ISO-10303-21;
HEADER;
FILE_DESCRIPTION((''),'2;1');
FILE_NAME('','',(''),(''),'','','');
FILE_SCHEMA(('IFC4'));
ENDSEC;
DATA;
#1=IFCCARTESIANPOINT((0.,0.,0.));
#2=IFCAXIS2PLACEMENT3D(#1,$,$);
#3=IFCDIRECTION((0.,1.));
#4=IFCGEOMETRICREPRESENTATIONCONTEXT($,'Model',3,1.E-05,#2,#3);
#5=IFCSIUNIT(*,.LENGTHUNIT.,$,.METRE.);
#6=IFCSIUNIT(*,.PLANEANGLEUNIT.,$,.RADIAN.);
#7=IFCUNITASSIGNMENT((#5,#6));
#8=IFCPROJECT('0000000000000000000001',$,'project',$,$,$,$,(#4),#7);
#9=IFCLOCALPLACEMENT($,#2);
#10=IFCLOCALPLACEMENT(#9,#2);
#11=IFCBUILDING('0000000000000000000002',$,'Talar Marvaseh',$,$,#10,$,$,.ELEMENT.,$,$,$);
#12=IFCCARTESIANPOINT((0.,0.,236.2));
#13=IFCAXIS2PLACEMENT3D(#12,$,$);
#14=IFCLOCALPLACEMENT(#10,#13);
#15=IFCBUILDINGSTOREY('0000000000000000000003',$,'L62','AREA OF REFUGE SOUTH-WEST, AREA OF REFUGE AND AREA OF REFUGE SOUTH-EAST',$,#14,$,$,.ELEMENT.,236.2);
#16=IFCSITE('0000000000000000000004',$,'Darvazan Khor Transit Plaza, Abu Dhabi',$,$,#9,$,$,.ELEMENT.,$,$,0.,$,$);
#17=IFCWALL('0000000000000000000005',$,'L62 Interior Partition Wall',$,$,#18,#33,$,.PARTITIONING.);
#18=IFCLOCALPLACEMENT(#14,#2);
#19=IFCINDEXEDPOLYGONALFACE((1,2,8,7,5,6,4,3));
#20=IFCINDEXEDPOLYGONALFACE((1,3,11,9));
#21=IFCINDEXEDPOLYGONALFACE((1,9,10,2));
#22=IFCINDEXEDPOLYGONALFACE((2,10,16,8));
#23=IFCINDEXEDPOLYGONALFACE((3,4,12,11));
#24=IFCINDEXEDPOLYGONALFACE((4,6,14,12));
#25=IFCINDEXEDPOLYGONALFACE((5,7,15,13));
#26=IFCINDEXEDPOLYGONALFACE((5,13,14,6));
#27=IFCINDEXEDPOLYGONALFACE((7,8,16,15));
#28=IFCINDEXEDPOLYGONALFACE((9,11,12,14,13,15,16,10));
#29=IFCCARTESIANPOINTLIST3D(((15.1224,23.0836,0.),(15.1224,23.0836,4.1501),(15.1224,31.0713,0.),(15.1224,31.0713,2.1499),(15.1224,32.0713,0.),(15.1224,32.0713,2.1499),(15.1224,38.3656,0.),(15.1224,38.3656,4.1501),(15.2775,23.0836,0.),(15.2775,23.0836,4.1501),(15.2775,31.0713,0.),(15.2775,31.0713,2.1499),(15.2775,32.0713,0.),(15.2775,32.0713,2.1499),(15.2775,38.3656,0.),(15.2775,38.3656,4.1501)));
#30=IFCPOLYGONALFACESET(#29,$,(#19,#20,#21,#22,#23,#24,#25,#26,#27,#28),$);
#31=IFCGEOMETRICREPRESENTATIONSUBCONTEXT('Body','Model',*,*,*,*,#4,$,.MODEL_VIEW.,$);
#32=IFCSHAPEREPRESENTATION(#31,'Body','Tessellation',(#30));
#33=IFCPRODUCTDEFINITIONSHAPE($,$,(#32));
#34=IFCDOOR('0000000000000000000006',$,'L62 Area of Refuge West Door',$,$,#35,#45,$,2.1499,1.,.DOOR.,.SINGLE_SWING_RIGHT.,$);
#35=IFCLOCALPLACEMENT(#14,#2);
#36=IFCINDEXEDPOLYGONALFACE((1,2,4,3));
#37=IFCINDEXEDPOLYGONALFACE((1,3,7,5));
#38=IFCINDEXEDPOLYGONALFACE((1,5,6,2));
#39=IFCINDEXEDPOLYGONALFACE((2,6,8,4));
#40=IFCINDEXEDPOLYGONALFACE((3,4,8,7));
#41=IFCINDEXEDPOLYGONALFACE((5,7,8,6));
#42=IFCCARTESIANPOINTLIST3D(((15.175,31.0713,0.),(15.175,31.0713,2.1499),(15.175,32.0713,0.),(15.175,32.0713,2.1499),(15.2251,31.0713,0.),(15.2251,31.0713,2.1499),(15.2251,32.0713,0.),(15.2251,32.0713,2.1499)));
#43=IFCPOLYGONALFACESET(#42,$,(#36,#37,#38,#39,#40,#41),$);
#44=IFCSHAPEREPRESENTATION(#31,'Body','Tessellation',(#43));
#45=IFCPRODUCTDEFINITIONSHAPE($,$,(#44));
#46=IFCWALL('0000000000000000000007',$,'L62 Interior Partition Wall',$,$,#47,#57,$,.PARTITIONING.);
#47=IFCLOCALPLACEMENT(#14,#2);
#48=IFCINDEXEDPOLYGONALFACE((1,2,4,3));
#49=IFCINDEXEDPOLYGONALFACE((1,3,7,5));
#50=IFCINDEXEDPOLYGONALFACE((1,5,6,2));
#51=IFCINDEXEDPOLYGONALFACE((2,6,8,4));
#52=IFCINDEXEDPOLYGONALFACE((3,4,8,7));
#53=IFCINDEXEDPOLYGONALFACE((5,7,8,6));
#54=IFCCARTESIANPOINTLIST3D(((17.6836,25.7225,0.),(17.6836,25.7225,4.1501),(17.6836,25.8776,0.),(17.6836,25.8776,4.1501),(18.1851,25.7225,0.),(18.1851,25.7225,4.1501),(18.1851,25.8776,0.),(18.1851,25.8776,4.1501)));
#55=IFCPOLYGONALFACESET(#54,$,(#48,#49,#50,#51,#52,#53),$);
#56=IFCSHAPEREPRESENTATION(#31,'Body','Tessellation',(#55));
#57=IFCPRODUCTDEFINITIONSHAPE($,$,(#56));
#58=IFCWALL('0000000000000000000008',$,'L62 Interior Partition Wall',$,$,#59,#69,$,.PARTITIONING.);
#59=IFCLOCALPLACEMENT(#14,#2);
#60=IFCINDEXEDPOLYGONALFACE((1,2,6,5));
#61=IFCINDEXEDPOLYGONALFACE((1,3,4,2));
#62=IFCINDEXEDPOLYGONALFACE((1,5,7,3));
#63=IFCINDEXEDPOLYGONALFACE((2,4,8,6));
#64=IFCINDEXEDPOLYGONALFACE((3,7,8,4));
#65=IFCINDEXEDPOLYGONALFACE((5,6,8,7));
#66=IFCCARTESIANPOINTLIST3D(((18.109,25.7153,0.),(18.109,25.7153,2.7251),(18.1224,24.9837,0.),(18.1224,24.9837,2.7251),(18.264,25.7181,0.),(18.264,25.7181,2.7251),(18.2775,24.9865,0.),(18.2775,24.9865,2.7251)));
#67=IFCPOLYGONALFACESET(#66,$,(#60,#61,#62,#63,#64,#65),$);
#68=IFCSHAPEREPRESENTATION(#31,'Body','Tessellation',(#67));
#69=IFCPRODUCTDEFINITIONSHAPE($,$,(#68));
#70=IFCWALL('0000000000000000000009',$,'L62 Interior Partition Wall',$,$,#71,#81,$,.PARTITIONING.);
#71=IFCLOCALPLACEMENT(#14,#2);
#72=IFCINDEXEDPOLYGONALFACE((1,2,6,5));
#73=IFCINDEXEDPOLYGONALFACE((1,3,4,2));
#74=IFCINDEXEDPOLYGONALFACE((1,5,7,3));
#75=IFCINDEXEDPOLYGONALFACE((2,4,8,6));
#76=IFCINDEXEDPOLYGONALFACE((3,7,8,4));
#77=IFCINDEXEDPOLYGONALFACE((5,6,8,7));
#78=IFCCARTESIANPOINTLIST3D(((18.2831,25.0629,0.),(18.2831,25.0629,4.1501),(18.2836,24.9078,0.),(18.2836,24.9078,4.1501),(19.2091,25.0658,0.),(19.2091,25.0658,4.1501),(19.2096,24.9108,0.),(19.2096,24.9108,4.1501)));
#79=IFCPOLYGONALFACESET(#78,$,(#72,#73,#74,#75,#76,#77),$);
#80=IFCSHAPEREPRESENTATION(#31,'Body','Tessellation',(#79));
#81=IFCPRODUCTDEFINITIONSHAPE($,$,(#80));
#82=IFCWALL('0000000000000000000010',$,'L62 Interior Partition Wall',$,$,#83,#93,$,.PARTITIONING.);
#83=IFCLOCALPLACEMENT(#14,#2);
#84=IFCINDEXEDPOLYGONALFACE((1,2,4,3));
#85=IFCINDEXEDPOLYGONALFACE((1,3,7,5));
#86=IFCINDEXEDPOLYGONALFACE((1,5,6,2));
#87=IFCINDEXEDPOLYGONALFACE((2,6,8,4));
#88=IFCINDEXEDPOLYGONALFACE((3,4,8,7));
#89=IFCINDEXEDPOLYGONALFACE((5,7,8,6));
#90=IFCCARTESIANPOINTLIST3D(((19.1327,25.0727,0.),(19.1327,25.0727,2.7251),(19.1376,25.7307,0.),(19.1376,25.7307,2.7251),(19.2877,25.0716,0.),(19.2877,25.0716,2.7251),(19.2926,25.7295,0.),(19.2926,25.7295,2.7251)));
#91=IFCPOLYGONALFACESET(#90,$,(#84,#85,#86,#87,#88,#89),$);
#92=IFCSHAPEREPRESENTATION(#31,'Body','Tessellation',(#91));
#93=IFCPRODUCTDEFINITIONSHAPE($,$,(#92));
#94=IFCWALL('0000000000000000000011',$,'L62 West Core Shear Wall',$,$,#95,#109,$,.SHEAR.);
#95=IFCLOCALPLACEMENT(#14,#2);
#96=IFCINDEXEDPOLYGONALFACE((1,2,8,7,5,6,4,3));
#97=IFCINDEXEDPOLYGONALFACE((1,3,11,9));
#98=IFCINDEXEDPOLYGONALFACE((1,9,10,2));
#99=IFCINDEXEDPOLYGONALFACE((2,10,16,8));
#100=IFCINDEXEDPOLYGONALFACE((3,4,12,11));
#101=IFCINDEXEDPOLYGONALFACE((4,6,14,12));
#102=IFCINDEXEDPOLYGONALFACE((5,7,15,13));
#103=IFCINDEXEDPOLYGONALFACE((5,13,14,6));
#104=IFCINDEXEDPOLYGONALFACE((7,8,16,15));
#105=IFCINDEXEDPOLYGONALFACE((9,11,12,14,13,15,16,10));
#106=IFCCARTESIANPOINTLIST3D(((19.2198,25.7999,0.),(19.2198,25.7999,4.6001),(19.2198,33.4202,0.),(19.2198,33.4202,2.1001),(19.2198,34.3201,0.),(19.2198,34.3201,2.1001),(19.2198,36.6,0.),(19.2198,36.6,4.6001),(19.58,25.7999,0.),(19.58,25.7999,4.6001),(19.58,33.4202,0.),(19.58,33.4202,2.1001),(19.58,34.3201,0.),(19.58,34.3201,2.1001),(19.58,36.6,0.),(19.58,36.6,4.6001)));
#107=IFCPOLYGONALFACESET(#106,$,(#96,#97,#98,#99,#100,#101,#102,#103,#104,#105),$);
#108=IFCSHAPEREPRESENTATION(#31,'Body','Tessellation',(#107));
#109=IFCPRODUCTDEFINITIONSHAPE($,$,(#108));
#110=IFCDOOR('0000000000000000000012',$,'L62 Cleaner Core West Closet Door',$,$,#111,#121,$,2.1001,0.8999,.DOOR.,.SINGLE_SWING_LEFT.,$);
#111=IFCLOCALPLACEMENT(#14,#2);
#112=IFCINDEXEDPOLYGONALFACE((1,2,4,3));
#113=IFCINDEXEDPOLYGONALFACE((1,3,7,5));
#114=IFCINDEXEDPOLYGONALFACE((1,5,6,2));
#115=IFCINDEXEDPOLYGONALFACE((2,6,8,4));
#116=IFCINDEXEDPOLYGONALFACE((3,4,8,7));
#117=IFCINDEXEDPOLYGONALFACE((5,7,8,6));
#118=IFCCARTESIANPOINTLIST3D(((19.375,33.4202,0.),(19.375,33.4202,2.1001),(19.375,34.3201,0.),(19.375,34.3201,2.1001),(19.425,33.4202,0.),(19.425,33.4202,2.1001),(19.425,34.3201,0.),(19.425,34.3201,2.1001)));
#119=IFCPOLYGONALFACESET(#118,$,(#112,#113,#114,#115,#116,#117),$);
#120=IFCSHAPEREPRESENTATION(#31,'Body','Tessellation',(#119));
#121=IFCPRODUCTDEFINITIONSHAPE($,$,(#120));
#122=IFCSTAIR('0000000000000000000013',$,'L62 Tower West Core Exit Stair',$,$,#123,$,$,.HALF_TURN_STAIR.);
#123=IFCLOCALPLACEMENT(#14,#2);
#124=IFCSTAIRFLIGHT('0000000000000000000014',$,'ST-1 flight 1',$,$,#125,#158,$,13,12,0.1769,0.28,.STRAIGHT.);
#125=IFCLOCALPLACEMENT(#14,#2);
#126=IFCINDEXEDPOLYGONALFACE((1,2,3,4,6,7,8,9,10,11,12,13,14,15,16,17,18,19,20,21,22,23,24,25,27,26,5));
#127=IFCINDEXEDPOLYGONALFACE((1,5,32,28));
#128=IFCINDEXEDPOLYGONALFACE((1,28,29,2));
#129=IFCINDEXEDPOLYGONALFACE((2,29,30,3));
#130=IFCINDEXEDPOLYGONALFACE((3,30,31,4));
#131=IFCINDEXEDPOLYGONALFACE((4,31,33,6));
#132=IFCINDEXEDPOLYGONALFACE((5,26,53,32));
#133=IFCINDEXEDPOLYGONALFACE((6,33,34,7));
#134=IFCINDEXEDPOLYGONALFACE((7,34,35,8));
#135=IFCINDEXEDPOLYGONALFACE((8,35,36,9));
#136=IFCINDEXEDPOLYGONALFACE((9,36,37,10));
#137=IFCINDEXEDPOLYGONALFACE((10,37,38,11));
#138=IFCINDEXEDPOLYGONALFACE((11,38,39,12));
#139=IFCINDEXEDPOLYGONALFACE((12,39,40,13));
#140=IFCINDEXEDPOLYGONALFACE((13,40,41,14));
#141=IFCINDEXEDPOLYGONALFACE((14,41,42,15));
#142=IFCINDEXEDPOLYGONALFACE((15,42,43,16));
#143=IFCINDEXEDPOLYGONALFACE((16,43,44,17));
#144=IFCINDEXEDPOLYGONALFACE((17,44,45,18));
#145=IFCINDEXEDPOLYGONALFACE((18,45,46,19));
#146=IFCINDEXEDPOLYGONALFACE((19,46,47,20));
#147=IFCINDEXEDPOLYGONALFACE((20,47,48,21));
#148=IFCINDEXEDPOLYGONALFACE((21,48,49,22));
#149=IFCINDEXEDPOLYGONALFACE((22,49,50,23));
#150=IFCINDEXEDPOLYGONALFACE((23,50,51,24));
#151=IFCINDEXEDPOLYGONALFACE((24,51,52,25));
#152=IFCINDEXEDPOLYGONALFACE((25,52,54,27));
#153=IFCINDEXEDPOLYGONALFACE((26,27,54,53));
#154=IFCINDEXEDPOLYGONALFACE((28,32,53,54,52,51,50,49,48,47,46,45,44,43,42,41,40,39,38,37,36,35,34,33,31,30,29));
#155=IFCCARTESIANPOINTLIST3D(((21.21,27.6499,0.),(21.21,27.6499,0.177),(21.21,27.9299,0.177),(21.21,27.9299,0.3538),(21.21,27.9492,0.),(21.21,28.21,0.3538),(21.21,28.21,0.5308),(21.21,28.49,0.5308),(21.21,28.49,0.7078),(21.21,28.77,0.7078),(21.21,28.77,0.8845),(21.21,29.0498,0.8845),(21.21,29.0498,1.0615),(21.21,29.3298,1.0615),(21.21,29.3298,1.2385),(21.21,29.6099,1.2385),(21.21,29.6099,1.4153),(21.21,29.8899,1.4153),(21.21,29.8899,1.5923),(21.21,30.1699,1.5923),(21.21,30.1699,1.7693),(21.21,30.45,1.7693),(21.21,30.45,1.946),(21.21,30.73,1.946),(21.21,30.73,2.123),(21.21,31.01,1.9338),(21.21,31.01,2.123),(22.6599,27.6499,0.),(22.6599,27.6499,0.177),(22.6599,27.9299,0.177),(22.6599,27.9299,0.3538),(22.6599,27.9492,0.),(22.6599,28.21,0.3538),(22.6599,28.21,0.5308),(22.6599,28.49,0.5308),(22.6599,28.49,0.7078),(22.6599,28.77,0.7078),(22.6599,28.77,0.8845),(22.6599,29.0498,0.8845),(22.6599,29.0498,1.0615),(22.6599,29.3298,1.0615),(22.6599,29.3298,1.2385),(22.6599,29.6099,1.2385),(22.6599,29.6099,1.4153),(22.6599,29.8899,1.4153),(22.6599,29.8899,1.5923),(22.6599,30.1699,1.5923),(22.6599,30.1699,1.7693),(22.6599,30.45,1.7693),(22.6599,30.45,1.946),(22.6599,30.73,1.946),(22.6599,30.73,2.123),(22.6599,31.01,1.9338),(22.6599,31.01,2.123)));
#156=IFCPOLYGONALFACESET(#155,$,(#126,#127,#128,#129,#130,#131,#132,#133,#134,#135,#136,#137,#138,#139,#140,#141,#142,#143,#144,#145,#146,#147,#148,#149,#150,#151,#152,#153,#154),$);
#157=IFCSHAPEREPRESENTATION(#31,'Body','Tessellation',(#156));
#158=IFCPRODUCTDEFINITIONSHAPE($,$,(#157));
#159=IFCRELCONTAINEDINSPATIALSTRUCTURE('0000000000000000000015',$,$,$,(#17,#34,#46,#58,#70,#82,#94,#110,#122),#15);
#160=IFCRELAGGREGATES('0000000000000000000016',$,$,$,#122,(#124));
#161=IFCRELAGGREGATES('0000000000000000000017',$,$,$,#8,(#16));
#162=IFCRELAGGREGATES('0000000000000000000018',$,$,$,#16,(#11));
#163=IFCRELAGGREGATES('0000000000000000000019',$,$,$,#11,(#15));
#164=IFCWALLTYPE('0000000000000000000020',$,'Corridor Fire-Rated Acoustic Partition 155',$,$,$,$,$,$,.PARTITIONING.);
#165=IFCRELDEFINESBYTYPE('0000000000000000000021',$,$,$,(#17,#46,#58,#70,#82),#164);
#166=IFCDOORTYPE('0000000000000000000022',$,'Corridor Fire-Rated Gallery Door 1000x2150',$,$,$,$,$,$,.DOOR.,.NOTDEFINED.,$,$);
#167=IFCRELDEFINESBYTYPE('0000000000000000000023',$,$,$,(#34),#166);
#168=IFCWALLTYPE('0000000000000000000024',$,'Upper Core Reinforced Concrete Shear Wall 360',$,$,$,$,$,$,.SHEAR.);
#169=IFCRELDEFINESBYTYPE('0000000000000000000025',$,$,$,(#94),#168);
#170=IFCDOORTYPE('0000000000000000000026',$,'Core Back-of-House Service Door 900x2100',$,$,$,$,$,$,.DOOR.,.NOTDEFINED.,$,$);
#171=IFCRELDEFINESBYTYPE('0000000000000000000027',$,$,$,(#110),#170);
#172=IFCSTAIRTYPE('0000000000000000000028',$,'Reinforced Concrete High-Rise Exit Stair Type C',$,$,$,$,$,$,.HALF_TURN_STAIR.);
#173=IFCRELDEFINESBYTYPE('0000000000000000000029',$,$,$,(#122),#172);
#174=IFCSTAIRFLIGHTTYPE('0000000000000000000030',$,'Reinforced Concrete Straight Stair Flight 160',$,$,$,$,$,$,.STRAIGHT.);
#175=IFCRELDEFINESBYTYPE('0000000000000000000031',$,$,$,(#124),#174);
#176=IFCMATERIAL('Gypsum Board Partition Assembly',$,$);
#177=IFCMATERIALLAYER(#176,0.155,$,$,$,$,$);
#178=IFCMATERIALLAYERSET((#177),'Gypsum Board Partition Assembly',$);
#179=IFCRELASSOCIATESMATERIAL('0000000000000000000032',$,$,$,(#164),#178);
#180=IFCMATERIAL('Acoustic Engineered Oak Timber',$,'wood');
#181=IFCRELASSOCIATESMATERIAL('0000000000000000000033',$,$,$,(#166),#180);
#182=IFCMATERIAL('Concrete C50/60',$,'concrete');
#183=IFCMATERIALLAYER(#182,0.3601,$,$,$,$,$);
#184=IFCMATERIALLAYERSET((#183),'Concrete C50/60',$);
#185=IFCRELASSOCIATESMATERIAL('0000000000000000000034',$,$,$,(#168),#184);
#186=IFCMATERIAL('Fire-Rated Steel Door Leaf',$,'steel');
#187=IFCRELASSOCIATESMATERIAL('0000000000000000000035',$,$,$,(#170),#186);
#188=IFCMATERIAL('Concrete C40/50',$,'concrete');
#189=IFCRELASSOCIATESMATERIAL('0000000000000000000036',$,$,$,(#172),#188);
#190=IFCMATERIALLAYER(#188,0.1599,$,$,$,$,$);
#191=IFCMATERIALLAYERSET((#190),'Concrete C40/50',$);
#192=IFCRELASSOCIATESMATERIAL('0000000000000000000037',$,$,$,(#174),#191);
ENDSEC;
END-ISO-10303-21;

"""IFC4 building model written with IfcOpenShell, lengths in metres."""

from ifc_helpers import new_model, si_unit, direction, frame, frame_2d, origin, place, context, subcontext, project, spatial, polyline, rectangle, outline, extrude, source, transform, mapped, material, layer, layer_set, type_object, type_shapes, element, fill, aggregate, save


model = new_model("IFC4")

# Units and contexts
model_context = context("Model", 3, precision=1e-05, world=origin(), true_north=direction((0.0, 1.0)))
body_context = subcontext(model_context, "Body", "Model", "MODEL_VIEW")
ifc_project = project(units=[si_unit("LENGTHUNIT", "METRE"), si_unit("PLANEANGLEUNIT", "RADIAN")], contexts=[model_context])

# Site, building, storey
site_placement = place(None, origin())
site = spatial("IfcSite", under=ifc_project, at=site_placement, Name="Darvazan Khor Transit Plaza, Abu Dhabi", CompositionType="ELEMENT", RefElevation=0.0)
building_placement = place(site_placement, origin())
building = spatial("IfcBuilding", under=site, at=building_placement, Name="Talar Marvaseh", CompositionType="ELEMENT")
storey_placement = place(building_placement, frame((0.0, 0.0, 236.2)))
storey = spatial("IfcBuildingStorey", under=building, at=storey_placement, Name="L62", Description="AREA OF REFUGE SOUTH-WEST, AREA OF REFUGE AND AREA OF REFUGE SOUTH-EAST", CompositionType="ELEMENT", Elevation=236.2)

# Wall, opening, door
ifc_material_1 = material(Name="Gypsum Board Partition Assembly")
ifc_layer_1 = layer(ifc_material_1, 0.155)
ifc_layer_set_1 = layer_set([ifc_layer_1], Name="Gypsum Board Partition Assembly")
wall_type_1 = type_object("IfcWallType", Name="Corridor Fire-Rated Acoustic Partition 155", PredefinedType="PARTITIONING", material=ifc_layer_set_1)
wall_1_placement = place(storey_placement, frame((15.2, 23.0835, 0.0), z_axis=(0.0, 0.0, 1.0), x_axis=(0.0, 1.0, 0.0)))
wall_1 = element("IfcWall", 1, at=wall_1_placement, inside=storey, type_object=wall_type_1, Name="L62 Interior Partition Wall", PredefinedType="PARTITIONING", context=body_context, shape_type="SweptSolid", body=[
    extrude(rectangle(XDim=15.282, YDim=0.155, at=frame_2d((7.6411, 0.0))), origin(), (0.0, 0.0, 1.0), 4.1501),
])
opening_1_placement = place(wall_1_placement, frame((7.9878, 0.0, 0.0)))
opening_1 = element("IfcOpeningElement", 2, at=opening_1_placement, cuts=wall_1, PredefinedType="OPENING", context=body_context, shape_type="SweptSolid", body=[
    extrude(rectangle(XDim=1.0, YDim=2.1499, at=frame_2d((0.5, 1.075))), frame((0.0, 0.0874, 0.0), z_axis=(0.0, -1.0, 0.0), x_axis=(1.0, 0.0, 0.0)), (0.0, 0.0, 1.0), 0.175),
])
ifc_material_2 = material(Name="Acoustic Engineered Oak Timber", Category="wood")
door_type_1 = type_object("IfcDoorType", Name="Corridor Fire-Rated Gallery Door 1000x2150", OperationType="NOTDEFINED", PredefinedType="DOOR", material=ifc_material_2)
shared_shape_1 = source(origin(), body_context, "Body", "SweptSolid", [
    extrude(rectangle(XDim=1.0, YDim=2.1499, at=frame_2d((0.5, 1.075))), frame((0.0, 0.0249, 0.0), z_axis=(0.0, -1.0, 0.0), x_axis=(1.0, 0.0, 0.0)), (0.0, 0.0, 1.0), 0.05),
])
type_shapes(door_type_1, [shared_shape_1])
door_1_placement = place(opening_1_placement, origin())
door_1 = element("IfcDoor", 3, at=door_1_placement, inside=storey, type_object=door_type_1, Name="L62 Area of Refuge West Door", OperationType="SINGLE_SWING_RIGHT", OverallHeight=2.1499, OverallWidth=1.0, PredefinedType="DOOR", context=body_context, shape_type="MappedRepresentation", body=[
    mapped(shared_shape_1, transform((0.0, 0.0, 0.0), x_axis=(1.0, 0.0, 0.0), y_axis=(0.0, 1.0, 0.0), z_axis=(0.0, 0.0, 1.0), scale=1.0)),
])
fill(opening_1, door_1)

# Walls
wall_2_placement = place(storey_placement, frame((17.6836, 25.8, 0.0), z_axis=(0.0, 0.0, 1.0), x_axis=(1.0, 0.0, 0.0)))
element("IfcWall", 4, at=wall_2_placement, inside=storey, type_object=wall_type_1, Name="L62 Interior Partition Wall", PredefinedType="PARTITIONING", context=body_context, shape_type="SweptSolid", body=[
    extrude(rectangle(XDim=0.5015, YDim=0.155, at=frame_2d((0.2507, 0.0))), origin(), (0.0, 0.0, 1.0), 4.1501),
])
wall_3_placement = place(storey_placement, frame((18.1865, 25.7166, 0.0), z_axis=(0.0, 0.0, 1.0), x_axis=(0.018355, -0.999832, 0.0)))
element("IfcWall", 5, at=wall_3_placement, inside=storey, type_object=wall_type_1, Name="L62 Interior Partition Wall", PredefinedType="PARTITIONING", context=body_context, shape_type="SweptSolid", body=[
    extrude(rectangle(XDim=0.7317, YDim=0.155, at=frame_2d((0.3657, 0.0))), origin(), (0.0, 0.0, 1.0), 2.7251),
])
wall_4_placement = place(storey_placement, frame((18.2834, 24.9854, 0.0), z_axis=(0.0, 0.0, 1.0), x_axis=(0.999995, 0.003164, 0.0)))
element("IfcWall", 6, at=wall_4_placement, inside=storey, type_object=wall_type_1, Name="L62 Interior Partition Wall", PredefinedType="PARTITIONING", context=body_context, shape_type="SweptSolid", body=[
    extrude(rectangle(XDim=0.926, YDim=0.155, at=frame_2d((0.4629, 0.0))), origin(), (0.0, 0.0, 1.0), 4.1501),
])
wall_5_placement = place(storey_placement, frame((19.2102, 25.072, 0.0), z_axis=(0.0, 0.0, 1.0), x_axis=(0.007421, 0.999972, 0.0)))
element("IfcWall", 7, at=wall_5_placement, inside=storey, type_object=wall_type_1, Name="L62 Interior Partition Wall", PredefinedType="PARTITIONING", context=body_context, shape_type="SweptSolid", body=[
    extrude(rectangle(XDim=0.658, YDim=0.155, at=frame_2d((0.3291, 0.0))), origin(), (0.0, 0.0, 1.0), 2.7251),
])

# Wall, opening, door
ifc_material_3 = material(Name="Concrete C50/60", Category="concrete")
ifc_layer_2 = layer(ifc_material_3, 0.3601)
ifc_layer_set_2 = layer_set([ifc_layer_2], Name="Concrete C50/60")
wall_type_2 = type_object("IfcWallType", Name="Upper Core Reinforced Concrete Shear Wall 360", PredefinedType="SHEAR", material=ifc_layer_set_2)
wall_6_placement = place(storey_placement, frame((19.3999, 25.8, 0.0), z_axis=(0.0, 0.0, 1.0), x_axis=(0.0, 1.0, 0.0)))
wall_6 = element("IfcWall", 8, at=wall_6_placement, inside=storey, type_object=wall_type_2, Name="L62 West Core Shear Wall", PredefinedType="SHEAR", context=body_context, shape_type="SweptSolid", body=[
    extrude(rectangle(XDim=10.8, YDim=0.3601, at=frame_2d((5.3999, 0.0))), origin(), (0.0, 0.0, 1.0), 4.6001),
])
opening_2_placement = place(wall_6_placement, frame((7.6201, 0.0, 0.0)))
opening_2 = element("IfcOpeningElement", 9, at=opening_2_placement, cuts=wall_6, PredefinedType="OPENING", context=body_context, shape_type="SweptSolid", body=[
    extrude(rectangle(XDim=0.8999, YDim=2.1001, at=frame_2d((0.45, 1.05))), frame((0.0, 0.1899, 0.0), z_axis=(0.0, -1.0, 0.0), x_axis=(1.0, 0.0, 0.0)), (0.0, 0.0, 1.0), 0.3801),
])
ifc_material_4 = material(Name="Fire-Rated Steel Door Leaf", Category="steel")
door_type_2 = type_object("IfcDoorType", Name="Core Back-of-House Service Door 900x2100", OperationType="NOTDEFINED", PredefinedType="DOOR", material=ifc_material_4)
shared_shape_2 = source(origin(), body_context, "Body", "SweptSolid", [
    extrude(rectangle(XDim=0.8999, YDim=2.1001, at=frame_2d((0.45, 1.05))), frame((0.0, 0.0249, 0.0), z_axis=(0.0, -1.0, 0.0), x_axis=(1.0, 0.0, 0.0)), (0.0, 0.0, 1.0), 0.05),
])
type_shapes(door_type_2, [shared_shape_2])
door_2_placement = place(opening_2_placement, origin())
door_2 = element("IfcDoor", 10, at=door_2_placement, inside=storey, type_object=door_type_2, Name="L62 Cleaner Core West Closet Door", OperationType="SINGLE_SWING_LEFT", OverallHeight=2.1001, OverallWidth=0.8999, PredefinedType="DOOR", context=body_context, shape_type="MappedRepresentation", body=[
    mapped(shared_shape_2, transform((0.0, 0.0, 0.0), x_axis=(1.0, 0.0, 0.0), y_axis=(0.0, 1.0, 0.0), z_axis=(0.0, 0.0, 1.0), scale=1.0)),
])
fill(opening_2, door_2)

# Stair, stair flight
ifc_material_5 = material(Name="Concrete C40/50", Category="concrete")
stair_type = type_object("IfcStairType", Name="Reinforced Concrete High-Rise Exit Stair Type C", PredefinedType="HALF_TURN_STAIR", material=ifc_material_5)
stair_placement = place(storey_placement, origin())
stair = element("IfcStair", 11, at=stair_placement, inside=storey, type_object=stair_type, Name="L62 Tower West Core Exit Stair", PredefinedType="HALF_TURN_STAIR")
ifc_layer_3 = layer(ifc_material_5, 0.1599)
ifc_layer_set_3 = layer_set([ifc_layer_3], Name="Concrete C40/50")
stair_flight_type = type_object("IfcStairFlightType", Name="Reinforced Concrete Straight Stair Flight 160", PredefinedType="STRAIGHT", material=ifc_layer_set_3)
stair_flight_placement = place(storey_placement, frame((21.9351, 27.6499, 0.0), z_axis=(0.0, 0.0, 1.0), x_axis=(0.0, 1.0, 0.0)))
stair_flight = element("IfcStairFlight", 12, at=stair_flight_placement, type_object=stair_flight_type, Name="ST-1 flight 1", NumberOfRisers=13, NumberOfTreads=12, PredefinedType="STRAIGHT", RiserHeight=0.1769, TreadLength=0.28, context=body_context, shape_type="SweptSolid", body=[
    extrude(outline(polyline([(0.0, 0.0), (0.0, 0.177), (0.28, 0.177), (0.28, 0.3538), (0.5601, 0.3538), (0.5601, 0.5308), (0.8401, 0.5308), (0.8401, 0.7078), (1.1201, 0.7078), (1.1201, 0.8845), (1.3999, 0.8845), (1.3999, 1.0615), (1.6799, 1.0615), (1.6799, 1.2385), (1.96, 1.2385), (1.96, 1.4153), (2.24, 1.4153), (2.24, 1.5923), (2.52, 1.5923), (2.52, 1.7693), (2.8, 1.7693), (2.8, 1.946), (3.0801, 1.946), (3.0801, 2.123), (3.3601, 2.123), (3.3601, 2.3), (3.3601, 1.9338), (0.2993, 0.0), (0.0, 0.0)])), frame((0.0, 0.7251, 0.0), z_axis=(0.0, -1.0, 0.0), x_axis=(1.0, 0.0, 0.0)), (0.0, 0.0, 1.0), 1.45),
])
aggregate(stair, [stair_flight])

save(model, "model.ifc")
